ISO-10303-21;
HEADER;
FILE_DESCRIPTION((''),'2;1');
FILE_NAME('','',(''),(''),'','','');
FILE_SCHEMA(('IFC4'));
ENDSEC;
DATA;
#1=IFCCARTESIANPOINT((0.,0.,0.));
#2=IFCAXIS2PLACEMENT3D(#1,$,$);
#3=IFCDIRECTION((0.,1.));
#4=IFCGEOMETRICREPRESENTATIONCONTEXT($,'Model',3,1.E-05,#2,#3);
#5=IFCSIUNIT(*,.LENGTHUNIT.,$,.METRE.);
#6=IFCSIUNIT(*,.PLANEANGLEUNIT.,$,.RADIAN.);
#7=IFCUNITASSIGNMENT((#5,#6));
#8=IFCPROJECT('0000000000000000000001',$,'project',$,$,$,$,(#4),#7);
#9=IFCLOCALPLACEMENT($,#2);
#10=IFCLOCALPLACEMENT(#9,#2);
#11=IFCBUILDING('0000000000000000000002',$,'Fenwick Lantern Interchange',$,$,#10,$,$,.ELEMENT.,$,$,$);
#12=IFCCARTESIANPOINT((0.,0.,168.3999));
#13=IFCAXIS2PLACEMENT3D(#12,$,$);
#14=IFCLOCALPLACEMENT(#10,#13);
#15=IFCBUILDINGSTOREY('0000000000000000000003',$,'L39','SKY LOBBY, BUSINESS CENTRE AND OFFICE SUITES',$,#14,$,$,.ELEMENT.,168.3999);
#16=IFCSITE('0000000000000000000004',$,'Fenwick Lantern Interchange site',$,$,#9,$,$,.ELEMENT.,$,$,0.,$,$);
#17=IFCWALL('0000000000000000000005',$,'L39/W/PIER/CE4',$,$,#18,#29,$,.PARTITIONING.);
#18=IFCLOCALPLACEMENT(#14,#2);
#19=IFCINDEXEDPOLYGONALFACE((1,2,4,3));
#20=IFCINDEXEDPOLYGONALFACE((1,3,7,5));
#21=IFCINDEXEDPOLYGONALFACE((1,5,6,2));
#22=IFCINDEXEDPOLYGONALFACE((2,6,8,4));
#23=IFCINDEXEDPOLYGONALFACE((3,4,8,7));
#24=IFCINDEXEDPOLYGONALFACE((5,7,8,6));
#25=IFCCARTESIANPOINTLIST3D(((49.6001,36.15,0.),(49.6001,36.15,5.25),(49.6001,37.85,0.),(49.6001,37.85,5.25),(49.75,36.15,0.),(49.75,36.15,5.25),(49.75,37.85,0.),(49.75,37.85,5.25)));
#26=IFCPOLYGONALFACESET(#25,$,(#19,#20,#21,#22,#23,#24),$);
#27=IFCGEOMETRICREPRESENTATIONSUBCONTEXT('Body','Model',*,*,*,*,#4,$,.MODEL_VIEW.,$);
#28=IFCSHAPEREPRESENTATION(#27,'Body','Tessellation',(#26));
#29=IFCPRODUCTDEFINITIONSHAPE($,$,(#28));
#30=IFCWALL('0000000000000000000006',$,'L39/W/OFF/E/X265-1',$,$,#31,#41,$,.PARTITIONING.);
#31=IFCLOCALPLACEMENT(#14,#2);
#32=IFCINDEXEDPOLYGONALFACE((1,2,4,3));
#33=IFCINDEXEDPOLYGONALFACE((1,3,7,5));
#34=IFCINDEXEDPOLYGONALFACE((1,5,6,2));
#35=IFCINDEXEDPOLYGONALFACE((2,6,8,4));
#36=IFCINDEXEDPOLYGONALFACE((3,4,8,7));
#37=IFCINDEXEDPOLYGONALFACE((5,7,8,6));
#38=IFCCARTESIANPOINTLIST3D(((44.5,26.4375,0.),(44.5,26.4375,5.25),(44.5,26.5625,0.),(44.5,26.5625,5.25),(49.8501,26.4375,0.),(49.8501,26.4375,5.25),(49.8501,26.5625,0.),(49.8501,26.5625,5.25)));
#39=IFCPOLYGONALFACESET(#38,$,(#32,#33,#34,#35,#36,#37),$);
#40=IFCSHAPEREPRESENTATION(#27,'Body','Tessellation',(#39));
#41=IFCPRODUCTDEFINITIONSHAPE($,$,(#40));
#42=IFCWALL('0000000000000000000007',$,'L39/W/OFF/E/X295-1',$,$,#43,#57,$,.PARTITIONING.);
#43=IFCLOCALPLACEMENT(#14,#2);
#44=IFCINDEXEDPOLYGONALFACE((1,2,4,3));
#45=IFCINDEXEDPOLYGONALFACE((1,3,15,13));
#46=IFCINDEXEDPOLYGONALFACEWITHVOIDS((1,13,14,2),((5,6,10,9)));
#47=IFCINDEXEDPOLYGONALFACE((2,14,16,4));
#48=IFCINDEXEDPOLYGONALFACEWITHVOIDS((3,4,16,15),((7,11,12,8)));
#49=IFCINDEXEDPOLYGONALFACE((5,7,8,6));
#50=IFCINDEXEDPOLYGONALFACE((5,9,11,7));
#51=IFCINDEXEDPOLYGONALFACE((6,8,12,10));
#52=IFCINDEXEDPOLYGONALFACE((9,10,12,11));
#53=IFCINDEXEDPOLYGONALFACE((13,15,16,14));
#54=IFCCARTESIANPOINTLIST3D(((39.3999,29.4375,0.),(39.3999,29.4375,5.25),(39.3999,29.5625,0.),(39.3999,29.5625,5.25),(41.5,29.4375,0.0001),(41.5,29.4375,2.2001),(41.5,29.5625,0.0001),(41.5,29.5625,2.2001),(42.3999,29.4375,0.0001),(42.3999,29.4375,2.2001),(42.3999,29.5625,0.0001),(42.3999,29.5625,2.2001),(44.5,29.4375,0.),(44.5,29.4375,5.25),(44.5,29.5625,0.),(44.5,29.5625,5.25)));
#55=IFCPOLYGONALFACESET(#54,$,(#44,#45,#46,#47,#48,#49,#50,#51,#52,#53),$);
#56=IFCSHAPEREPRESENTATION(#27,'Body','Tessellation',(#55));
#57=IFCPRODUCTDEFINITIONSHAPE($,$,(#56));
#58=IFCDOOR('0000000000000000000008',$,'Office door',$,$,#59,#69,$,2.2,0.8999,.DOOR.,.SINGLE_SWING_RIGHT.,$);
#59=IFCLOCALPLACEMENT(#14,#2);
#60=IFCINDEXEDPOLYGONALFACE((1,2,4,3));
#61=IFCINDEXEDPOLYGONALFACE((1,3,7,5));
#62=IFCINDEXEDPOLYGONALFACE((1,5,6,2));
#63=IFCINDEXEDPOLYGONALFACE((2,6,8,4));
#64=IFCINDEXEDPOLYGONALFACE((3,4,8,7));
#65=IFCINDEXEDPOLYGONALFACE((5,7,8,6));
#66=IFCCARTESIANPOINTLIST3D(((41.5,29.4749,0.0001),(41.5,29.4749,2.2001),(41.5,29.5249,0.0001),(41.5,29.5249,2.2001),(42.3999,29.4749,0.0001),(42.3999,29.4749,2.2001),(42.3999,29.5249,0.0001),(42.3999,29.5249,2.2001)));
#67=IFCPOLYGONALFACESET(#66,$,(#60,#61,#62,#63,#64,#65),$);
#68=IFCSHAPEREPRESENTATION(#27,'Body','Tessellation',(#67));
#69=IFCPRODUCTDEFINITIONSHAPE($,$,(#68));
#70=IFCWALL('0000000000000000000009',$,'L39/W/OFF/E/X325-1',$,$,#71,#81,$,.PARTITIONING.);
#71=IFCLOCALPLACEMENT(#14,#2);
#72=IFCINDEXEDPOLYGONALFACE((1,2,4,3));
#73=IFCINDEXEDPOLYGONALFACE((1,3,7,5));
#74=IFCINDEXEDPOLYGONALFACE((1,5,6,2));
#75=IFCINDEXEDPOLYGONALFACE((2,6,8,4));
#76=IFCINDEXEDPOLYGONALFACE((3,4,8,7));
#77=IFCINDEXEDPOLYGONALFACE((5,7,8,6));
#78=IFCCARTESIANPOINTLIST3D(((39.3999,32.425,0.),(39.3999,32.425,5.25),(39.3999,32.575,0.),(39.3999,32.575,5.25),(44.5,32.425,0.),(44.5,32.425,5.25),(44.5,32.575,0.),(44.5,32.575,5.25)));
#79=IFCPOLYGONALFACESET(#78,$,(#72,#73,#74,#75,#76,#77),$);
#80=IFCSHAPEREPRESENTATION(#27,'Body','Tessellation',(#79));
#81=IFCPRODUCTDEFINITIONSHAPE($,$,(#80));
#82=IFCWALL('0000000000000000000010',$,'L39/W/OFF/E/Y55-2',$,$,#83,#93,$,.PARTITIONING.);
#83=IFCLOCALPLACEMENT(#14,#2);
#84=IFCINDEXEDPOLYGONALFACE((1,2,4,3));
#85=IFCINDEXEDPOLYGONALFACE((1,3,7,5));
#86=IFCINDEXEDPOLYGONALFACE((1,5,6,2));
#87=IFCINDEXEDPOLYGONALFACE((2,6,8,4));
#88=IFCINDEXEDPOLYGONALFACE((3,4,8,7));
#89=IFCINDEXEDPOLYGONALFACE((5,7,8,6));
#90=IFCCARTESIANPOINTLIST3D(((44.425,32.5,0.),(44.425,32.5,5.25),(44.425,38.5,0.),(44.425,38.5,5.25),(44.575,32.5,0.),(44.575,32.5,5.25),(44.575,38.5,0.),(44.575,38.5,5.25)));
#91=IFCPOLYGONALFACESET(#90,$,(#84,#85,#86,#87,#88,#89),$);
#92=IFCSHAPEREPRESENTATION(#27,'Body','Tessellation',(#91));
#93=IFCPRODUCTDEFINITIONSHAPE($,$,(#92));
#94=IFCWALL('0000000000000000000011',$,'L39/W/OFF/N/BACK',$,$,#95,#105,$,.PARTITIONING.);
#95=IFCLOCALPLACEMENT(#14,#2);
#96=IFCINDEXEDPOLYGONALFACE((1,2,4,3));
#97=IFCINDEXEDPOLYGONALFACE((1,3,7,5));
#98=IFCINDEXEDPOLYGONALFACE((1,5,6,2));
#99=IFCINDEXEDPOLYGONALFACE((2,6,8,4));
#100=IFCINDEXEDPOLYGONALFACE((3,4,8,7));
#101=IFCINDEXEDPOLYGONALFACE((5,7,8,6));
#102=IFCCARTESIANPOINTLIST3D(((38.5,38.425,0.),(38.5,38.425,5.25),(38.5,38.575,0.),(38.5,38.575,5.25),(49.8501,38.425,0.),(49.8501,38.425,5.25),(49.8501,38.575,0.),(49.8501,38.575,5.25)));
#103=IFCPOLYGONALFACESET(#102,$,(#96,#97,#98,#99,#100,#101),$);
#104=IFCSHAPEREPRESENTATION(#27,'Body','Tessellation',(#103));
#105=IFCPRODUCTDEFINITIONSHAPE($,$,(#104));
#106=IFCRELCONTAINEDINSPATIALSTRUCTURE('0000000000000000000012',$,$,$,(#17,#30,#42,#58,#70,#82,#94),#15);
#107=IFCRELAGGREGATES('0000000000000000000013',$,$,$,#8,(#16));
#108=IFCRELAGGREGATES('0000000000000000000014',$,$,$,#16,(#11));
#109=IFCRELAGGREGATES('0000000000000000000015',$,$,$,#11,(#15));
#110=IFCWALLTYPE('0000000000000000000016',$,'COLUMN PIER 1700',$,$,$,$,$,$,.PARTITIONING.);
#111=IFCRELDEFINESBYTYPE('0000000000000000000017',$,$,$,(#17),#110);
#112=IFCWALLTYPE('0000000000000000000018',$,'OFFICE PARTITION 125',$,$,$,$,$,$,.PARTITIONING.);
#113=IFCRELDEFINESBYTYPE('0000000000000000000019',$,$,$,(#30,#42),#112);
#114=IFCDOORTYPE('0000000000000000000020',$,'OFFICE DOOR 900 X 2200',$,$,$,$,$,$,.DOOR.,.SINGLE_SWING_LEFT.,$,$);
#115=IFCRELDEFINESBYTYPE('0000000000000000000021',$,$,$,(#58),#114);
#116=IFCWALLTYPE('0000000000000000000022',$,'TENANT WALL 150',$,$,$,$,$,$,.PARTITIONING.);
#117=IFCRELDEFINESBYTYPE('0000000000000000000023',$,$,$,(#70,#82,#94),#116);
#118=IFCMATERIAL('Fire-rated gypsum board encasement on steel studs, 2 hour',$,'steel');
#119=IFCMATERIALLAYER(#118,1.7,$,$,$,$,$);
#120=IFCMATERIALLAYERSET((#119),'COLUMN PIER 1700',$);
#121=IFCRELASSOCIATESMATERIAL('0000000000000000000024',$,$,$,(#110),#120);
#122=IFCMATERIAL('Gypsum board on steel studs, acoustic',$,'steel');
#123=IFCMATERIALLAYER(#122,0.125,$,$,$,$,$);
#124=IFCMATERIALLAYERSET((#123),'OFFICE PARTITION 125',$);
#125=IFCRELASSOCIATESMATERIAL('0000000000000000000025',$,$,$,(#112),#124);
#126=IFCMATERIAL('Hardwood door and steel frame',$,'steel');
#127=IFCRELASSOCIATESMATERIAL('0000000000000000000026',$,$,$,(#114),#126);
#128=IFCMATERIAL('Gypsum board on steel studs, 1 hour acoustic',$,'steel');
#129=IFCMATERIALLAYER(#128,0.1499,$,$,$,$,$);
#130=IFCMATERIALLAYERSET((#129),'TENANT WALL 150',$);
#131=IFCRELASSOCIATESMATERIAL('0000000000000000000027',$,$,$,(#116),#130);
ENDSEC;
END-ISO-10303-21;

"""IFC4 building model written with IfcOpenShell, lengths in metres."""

from ifc_helpers import new_model, si_unit, direction, frame, frame_2d, origin, place, context, subcontext, project, spatial, rectangle, extrude, material, layer, layer_set, type_object, element, fill, save


model = new_model("IFC4")

# Units and contexts
model_context = context("Model", 3, precision=1e-05, world=origin(), true_north=direction((0.0, 1.0)))
body_context = subcontext(model_context, "Body", "Model", "MODEL_VIEW")
ifc_project = project(units=[si_unit("LENGTHUNIT", "METRE"), si_unit("PLANEANGLEUNIT", "RADIAN")], contexts=[model_context])

# Site, building, storey
site_placement = place(None, origin())
site = spatial("IfcSite", under=ifc_project, at=site_placement, Name="Fenwick Lantern Interchange site", CompositionType="ELEMENT", RefElevation=0.0)
building_placement = place(site_placement, origin())
building = spatial("IfcBuilding", under=site, at=building_placement, Name="Fenwick Lantern Interchange", CompositionType="ELEMENT")
storey_placement = place(building_placement, frame((0.0, 0.0, 168.3999)))
storey = spatial("IfcBuildingStorey", under=building, at=storey_placement, Name="L39", Description="SKY LOBBY, BUSINESS CENTRE AND OFFICE SUITES", CompositionType="ELEMENT", Elevation=168.3999)

# Walls
ifc_material_1 = material(Name="Fire-rated gypsum board encasement on steel studs, 2 hour", Category="steel")
ifc_layer_1 = layer(ifc_material_1, 1.7)
ifc_layer_set_1 = layer_set([ifc_layer_1], Name="COLUMN PIER 1700")
wall_type_1 = type_object("IfcWallType", Name="COLUMN PIER 1700", PredefinedType="PARTITIONING", material=ifc_layer_set_1)
wall_1_placement = place(storey_placement, frame((49.75, 37.0, 0.0), z_axis=(0.0, 0.0, 1.0), x_axis=(-1.0, 0.0, 0.0)))
element("IfcWall", 1, at=wall_1_placement, inside=storey, type_object=wall_type_1, Name="L39/W/PIER/CE4", PredefinedType="PARTITIONING", context=body_context, shape_type="SweptSolid", body=[
    extrude(rectangle(XDim=0.1499, YDim=1.7, at=frame_2d((0.075, 0.0))), origin(), (0.0, 0.0, 1.0), 5.25),
])
ifc_material_2 = material(Name="Gypsum board on steel studs, acoustic", Category="steel")
ifc_layer_2 = layer(ifc_material_2, 0.125)
ifc_layer_set_2 = layer_set([ifc_layer_2], Name="OFFICE PARTITION 125")
wall_type_2 = type_object("IfcWallType", Name="OFFICE PARTITION 125", PredefinedType="PARTITIONING", material=ifc_layer_set_2)
wall_2_placement = place(storey_placement, frame((49.8501, 26.5, 0.0), z_axis=(0.0, 0.0, 1.0), x_axis=(-1.0, 0.0, 0.0)))
element("IfcWall", 2, at=wall_2_placement, inside=storey, type_object=wall_type_2, Name="L39/W/OFF/E/X265-1", PredefinedType="PARTITIONING", context=body_context, shape_type="SweptSolid", body=[
    extrude(rectangle(XDim=5.3501, YDim=0.125, at=frame_2d((2.675, 0.0))), origin(), (0.0, 0.0, 1.0), 5.25),
])

# Wall, opening, door
wall_3_placement = place(storey_placement, frame((44.5, 29.5, 0.0), z_axis=(0.0, 0.0, 1.0), x_axis=(-1.0, 0.0, 0.0)))
wall_3 = element("IfcWall", 3, at=wall_3_placement, inside=storey, type_object=wall_type_2, Name="L39/W/OFF/E/X295-1", PredefinedType="PARTITIONING", context=body_context, shape_type="SweptSolid", body=[
    extrude(rectangle(XDim=5.1001, YDim=0.125, at=frame_2d((2.55, 0.0))), origin(), (0.0, 0.0, 1.0), 5.25),
])
opening_placement = place(wall_3_placement, frame((2.1001, 0.0, 0.0)))
opening = element("IfcOpeningElement", 4, at=opening_placement, cuts=wall_3, PredefinedType="OPENING", context=body_context, shape_type="SweptSolid", body=[
    extrude(rectangle(XDim=0.8999, YDim=2.2, at=frame_2d((0.45, 1.1001))), frame((0.0, 0.0725, 0.0), z_axis=(0.0, -1.0, 0.0), x_axis=(1.0, 0.0, 0.0)), (0.0, 0.0, 1.0), 0.145),
])
ifc_material_3 = material(Name="Hardwood door and steel frame", Category="steel")
door_type = type_object("IfcDoorType", Name="OFFICE DOOR 900 X 2200", OperationType="SINGLE_SWING_LEFT", PredefinedType="DOOR", material=ifc_material_3)
door_placement = place(opening_placement, frame((0.8999, 0.0, 0.0), z_axis=(0.0, 0.0, 1.0), x_axis=(-1.0, 0.0, 0.0)))
door = element("IfcDoor", 5, at=door_placement, inside=storey, type_object=door_type, Name="Office door", OperationType="SINGLE_SWING_RIGHT", OverallHeight=2.2, OverallWidth=0.8999, PredefinedType="DOOR", context=body_context, shape_type="SweptSolid", body=[
    extrude(rectangle(XDim=0.8999, YDim=2.2, at=frame_2d((0.45, 1.1001))), frame((0.0, 0.0249, 0.0), z_axis=(0.0, -1.0, 0.0), x_axis=(1.0, 0.0, 0.0)), (0.0, 0.0, 1.0), 0.05),
])
fill(opening, door)

# Walls
ifc_material_4 = material(Name="Gypsum board on steel studs, 1 hour acoustic", Category="steel")
ifc_layer_3 = layer(ifc_material_4, 0.1499)
ifc_layer_set_3 = layer_set([ifc_layer_3], Name="TENANT WALL 150")
wall_type_3 = type_object("IfcWallType", Name="TENANT WALL 150", PredefinedType="PARTITIONING", material=ifc_layer_set_3)
wall_4_placement = place(storey_placement, frame((44.5, 32.5, 0.0), z_axis=(0.0, 0.0, 1.0), x_axis=(-1.0, 0.0, 0.0)))
element("IfcWall", 6, at=wall_4_placement, inside=storey, type_object=wall_type_3, Name="L39/W/OFF/E/X325-1", PredefinedType="PARTITIONING", context=body_context, shape_type="SweptSolid", body=[
    extrude(rectangle(XDim=5.1001, YDim=0.1499, at=frame_2d((2.55, 0.0))), origin(), (0.0, 0.0, 1.0), 5.25),
])
wall_5_placement = place(storey_placement, frame((44.5, 32.5, 0.0), z_axis=(0.0, 0.0, 1.0), x_axis=(0.0, 1.0, 0.0)))
element("IfcWall", 7, at=wall_5_placement, inside=storey, type_object=wall_type_3, Name="L39/W/OFF/E/Y55-2", PredefinedType="PARTITIONING", context=body_context, shape_type="SweptSolid", body=[
    extrude(rectangle(XDim=6.0, YDim=0.1499, at=frame_2d((3.0, 0.0))), origin(), (0.0, 0.0, 1.0), 5.25),
])
wall_6_placement = place(storey_placement, frame((49.8501, 38.5, 0.0), z_axis=(0.0, 0.0, 1.0), x_axis=(-1.0, 0.0, 0.0)))
element("IfcWall", 8, at=wall_6_placement, inside=storey, type_object=wall_type_3, Name="L39/W/OFF/N/BACK", PredefinedType="PARTITIONING", context=body_context, shape_type="SweptSolid", body=[
    extrude(rectangle(XDim=11.3501, YDim=0.1499, at=frame_2d((5.675, 0.0))), origin(), (0.0, 0.0, 1.0), 5.25),
])

save(model, "model.ifc")
